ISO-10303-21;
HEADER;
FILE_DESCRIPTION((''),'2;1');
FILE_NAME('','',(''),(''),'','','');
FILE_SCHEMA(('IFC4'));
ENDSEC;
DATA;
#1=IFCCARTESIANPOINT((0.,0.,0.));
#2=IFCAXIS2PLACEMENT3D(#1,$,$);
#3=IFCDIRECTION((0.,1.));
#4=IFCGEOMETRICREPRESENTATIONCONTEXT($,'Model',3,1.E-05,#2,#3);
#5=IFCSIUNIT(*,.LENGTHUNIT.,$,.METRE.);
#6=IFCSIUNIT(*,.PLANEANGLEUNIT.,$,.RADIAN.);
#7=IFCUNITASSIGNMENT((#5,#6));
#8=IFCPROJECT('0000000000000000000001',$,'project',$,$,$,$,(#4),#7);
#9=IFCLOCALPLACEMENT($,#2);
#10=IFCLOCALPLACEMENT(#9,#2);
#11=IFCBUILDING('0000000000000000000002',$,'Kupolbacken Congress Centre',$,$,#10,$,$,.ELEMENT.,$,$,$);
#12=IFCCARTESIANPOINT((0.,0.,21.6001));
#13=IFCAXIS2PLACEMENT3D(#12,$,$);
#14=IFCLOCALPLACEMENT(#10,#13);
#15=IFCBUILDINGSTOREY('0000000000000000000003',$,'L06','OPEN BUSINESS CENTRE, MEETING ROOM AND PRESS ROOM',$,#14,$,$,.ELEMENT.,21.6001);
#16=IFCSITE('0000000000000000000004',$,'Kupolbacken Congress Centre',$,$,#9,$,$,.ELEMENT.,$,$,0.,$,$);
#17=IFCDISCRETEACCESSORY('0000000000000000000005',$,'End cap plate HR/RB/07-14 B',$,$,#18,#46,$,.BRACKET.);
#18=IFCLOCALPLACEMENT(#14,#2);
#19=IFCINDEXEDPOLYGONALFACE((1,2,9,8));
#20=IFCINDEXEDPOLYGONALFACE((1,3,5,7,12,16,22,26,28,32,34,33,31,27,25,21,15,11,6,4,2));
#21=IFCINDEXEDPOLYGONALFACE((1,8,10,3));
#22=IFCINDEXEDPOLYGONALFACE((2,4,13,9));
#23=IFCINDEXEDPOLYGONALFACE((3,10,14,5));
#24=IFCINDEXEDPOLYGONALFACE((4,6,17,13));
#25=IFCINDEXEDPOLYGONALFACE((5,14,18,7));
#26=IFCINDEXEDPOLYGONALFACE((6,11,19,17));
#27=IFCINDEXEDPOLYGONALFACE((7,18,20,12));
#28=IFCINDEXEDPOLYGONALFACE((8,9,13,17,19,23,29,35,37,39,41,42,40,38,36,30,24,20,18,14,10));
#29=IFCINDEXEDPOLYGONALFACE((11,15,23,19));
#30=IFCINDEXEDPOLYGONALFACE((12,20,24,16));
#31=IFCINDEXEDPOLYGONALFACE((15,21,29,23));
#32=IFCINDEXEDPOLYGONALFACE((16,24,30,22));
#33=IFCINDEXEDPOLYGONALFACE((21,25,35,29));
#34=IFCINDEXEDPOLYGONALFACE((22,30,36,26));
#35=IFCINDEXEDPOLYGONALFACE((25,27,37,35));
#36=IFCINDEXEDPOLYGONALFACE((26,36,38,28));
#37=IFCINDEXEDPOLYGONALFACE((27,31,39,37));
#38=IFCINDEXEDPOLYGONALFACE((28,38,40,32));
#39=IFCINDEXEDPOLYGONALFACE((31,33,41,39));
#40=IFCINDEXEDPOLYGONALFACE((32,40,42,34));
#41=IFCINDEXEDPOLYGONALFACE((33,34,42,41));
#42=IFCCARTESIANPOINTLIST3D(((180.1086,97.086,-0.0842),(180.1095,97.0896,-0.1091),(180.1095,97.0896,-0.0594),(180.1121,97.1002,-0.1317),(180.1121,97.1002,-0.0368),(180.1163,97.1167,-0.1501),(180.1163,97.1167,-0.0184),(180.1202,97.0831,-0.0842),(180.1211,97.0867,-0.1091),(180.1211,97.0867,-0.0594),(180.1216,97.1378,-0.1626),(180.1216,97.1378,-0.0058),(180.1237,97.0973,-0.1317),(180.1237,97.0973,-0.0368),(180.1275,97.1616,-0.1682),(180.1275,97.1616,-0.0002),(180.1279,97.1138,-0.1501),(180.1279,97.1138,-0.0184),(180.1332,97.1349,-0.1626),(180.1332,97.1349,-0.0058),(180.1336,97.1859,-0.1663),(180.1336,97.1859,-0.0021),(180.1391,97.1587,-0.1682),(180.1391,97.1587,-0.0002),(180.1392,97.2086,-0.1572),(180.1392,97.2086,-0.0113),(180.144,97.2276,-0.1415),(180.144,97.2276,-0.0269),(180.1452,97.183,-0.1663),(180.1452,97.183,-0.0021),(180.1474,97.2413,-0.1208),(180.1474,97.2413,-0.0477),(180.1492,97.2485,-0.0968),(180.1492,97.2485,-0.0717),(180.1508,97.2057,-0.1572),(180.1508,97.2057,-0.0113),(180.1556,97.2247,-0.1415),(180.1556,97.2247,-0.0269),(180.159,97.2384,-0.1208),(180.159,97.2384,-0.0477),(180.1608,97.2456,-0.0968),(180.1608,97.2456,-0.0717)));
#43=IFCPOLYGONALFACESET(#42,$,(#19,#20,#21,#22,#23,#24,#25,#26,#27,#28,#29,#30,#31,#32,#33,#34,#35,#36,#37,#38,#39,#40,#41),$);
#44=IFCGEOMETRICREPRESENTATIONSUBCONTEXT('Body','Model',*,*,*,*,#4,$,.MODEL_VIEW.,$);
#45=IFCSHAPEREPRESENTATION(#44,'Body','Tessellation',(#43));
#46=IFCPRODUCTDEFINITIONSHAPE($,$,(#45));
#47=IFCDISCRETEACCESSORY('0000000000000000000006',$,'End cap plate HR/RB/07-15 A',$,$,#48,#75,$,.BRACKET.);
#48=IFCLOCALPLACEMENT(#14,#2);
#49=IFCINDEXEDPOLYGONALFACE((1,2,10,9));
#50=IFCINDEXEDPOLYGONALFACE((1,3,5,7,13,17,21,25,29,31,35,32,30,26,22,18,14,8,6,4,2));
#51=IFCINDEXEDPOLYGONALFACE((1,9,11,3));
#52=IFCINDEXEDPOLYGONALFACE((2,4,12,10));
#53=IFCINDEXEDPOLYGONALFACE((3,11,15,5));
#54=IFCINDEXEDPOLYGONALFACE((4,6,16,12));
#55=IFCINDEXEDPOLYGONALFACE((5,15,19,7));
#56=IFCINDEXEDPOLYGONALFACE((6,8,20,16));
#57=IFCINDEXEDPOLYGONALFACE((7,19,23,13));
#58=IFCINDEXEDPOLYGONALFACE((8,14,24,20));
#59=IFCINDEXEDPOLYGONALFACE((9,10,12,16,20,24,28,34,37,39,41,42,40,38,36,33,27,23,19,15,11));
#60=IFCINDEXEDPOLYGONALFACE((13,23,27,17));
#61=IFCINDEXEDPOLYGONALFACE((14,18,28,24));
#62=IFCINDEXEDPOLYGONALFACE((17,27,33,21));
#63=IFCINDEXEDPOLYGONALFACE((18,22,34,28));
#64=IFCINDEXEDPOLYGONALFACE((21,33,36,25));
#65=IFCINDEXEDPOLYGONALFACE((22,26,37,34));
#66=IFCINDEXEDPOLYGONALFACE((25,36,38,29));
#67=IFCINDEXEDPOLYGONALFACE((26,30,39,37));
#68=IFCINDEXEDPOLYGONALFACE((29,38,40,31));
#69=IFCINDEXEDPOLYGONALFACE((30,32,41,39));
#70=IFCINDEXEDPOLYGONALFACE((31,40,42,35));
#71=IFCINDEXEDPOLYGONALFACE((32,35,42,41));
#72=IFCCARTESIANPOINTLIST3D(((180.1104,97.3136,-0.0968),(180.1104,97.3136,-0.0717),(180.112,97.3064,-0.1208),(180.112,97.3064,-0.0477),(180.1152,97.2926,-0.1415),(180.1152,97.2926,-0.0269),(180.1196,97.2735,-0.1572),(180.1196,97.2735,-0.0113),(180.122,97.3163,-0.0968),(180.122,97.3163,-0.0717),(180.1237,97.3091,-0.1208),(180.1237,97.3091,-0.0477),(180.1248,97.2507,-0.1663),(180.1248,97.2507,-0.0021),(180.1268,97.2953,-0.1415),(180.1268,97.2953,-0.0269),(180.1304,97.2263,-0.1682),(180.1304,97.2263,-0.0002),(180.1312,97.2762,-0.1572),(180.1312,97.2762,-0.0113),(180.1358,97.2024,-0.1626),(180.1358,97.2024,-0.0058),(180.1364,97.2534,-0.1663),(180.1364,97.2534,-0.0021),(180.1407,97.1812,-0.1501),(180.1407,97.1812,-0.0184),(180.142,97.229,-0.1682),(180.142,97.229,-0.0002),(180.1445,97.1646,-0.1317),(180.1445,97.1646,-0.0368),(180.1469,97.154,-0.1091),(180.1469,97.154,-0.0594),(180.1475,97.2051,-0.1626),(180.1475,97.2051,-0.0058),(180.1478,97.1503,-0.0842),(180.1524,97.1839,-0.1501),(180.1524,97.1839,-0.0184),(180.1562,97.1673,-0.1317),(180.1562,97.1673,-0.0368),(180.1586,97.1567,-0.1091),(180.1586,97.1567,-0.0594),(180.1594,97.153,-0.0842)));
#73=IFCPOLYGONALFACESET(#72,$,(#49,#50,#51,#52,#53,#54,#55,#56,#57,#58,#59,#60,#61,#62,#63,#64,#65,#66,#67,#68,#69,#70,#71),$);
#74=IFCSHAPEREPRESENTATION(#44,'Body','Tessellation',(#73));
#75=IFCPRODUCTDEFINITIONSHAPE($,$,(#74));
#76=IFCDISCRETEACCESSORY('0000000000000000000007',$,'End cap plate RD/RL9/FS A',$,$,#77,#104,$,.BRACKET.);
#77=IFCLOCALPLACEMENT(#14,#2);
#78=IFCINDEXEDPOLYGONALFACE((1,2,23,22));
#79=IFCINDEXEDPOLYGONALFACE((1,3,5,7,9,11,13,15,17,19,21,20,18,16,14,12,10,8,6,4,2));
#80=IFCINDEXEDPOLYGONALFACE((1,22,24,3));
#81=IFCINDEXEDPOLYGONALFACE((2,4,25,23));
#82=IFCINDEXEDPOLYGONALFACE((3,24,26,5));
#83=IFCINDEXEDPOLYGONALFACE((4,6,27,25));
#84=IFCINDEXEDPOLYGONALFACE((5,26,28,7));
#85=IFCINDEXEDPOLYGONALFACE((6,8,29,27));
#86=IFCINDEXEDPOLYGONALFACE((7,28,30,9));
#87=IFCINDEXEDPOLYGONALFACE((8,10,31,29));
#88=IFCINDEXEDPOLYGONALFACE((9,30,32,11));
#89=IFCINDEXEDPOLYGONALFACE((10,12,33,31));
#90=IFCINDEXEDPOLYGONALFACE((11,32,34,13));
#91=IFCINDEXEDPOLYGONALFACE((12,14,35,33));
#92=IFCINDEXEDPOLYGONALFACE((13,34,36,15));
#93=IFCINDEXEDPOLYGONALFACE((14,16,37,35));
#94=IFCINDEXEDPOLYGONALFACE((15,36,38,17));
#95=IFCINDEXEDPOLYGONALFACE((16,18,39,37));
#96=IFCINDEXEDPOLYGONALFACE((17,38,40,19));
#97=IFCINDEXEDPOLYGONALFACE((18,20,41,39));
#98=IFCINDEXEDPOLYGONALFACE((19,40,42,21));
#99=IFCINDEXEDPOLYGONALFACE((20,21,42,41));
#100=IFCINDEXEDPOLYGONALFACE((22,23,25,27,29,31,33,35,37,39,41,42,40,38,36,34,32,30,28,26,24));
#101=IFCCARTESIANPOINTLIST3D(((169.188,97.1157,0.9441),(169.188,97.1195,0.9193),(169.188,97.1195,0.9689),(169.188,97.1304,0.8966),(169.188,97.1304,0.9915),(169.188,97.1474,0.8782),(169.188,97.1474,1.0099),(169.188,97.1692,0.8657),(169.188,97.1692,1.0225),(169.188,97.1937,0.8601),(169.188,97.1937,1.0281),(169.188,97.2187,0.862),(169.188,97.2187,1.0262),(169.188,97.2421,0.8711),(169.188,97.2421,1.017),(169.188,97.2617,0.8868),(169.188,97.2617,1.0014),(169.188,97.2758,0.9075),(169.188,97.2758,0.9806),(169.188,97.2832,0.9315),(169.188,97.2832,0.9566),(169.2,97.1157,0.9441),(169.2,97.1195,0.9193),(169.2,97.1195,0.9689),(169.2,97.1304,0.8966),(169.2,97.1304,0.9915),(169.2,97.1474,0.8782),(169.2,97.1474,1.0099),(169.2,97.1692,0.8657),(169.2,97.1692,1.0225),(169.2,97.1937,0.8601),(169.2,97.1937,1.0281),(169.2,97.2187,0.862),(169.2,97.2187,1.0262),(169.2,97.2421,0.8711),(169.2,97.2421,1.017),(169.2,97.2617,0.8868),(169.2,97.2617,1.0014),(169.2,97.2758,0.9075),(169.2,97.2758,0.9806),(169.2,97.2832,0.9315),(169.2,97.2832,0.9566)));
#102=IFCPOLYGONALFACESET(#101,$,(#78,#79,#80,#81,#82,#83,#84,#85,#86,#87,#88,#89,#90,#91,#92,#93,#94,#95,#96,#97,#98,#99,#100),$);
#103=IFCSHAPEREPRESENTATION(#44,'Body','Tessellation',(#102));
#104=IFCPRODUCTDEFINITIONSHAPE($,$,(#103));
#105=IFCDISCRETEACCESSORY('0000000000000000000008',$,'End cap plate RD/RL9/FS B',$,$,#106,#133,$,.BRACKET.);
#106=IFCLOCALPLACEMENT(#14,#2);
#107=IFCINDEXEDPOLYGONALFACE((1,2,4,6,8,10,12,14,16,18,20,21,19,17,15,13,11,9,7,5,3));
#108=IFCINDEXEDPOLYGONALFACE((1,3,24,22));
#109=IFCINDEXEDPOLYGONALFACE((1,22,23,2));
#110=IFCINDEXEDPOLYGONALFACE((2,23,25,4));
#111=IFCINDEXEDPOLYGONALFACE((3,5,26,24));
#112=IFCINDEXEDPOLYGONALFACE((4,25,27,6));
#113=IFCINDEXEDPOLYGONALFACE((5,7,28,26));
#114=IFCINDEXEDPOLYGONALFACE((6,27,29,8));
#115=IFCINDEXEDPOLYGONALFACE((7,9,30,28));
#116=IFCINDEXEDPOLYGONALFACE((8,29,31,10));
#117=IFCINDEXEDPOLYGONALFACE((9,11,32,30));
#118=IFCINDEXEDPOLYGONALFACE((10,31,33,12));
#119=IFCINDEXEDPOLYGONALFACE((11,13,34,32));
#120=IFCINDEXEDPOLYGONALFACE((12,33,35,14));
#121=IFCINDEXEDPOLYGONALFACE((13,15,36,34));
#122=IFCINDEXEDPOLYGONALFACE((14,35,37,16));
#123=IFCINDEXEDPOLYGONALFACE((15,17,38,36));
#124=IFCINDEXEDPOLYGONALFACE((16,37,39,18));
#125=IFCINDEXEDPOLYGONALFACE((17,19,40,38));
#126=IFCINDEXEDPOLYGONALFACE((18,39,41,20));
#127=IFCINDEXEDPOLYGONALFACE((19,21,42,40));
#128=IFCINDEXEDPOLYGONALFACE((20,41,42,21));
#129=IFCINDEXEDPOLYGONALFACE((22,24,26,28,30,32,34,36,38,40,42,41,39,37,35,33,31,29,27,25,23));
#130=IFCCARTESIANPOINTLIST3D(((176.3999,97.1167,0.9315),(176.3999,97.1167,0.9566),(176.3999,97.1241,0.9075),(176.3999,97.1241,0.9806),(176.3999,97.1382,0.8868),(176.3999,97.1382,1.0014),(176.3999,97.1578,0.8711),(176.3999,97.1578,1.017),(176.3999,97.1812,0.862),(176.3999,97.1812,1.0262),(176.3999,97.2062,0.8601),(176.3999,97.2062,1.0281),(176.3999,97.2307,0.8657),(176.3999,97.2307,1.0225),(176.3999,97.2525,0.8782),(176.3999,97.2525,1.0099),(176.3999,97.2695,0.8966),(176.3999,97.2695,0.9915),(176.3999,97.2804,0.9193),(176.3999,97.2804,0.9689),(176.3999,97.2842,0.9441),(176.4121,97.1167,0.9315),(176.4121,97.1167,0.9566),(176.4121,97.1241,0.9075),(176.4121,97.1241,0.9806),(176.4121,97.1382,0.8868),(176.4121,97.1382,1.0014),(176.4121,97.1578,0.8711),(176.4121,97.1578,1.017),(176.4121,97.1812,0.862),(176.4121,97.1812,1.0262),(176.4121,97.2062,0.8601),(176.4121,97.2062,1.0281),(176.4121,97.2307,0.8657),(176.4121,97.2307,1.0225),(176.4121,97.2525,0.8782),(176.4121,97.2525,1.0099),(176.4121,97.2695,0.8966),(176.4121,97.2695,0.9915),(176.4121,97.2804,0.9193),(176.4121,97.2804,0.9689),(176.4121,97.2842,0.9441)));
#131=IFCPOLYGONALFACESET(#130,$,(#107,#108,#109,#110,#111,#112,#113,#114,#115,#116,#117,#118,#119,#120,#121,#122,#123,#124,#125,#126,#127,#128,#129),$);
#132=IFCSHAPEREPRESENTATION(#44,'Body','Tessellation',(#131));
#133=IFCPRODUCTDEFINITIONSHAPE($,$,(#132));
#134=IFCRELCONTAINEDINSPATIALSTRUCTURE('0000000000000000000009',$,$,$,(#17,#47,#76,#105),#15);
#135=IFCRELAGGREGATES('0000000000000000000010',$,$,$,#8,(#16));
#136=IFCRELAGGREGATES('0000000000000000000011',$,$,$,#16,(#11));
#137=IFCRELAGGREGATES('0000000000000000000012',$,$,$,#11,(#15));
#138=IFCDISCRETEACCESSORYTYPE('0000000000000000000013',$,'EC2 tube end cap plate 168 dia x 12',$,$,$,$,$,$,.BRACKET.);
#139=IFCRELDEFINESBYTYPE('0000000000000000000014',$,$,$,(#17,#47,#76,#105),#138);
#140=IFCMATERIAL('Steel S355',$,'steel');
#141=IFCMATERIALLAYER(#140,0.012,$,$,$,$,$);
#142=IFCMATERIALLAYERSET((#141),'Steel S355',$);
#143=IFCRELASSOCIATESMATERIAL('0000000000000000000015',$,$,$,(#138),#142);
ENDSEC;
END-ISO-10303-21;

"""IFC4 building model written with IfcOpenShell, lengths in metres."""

from ifc_helpers import new_model, si_unit, direction, frame, origin, origin_2d, place, context, subcontext, project, spatial, circle, extrude, material, layer, layer_set, type_object, element, save


model = new_model("IFC4")

# Units and contexts
model_context = context("Model", 3, precision=1e-05, world=origin(), true_north=direction((0.0, 1.0)))
body_context = subcontext(model_context, "Body", "Model", "MODEL_VIEW")
ifc_project = project(units=[si_unit("LENGTHUNIT", "METRE"), si_unit("PLANEANGLEUNIT", "RADIAN")], contexts=[model_context])

# Site, building, storey
site_placement = place(None, origin())
site = spatial("IfcSite", under=ifc_project, at=site_placement, Name="Kupolbacken Congress Centre", CompositionType="ELEMENT", RefElevation=0.0)
building_placement = place(site_placement, origin())
building = spatial("IfcBuilding", under=site, at=building_placement, Name="Kupolbacken Congress Centre", CompositionType="ELEMENT")
storey_placement = place(building_placement, frame((0.0, 0.0, 21.6001)))
storey = spatial("IfcBuildingStorey", under=building, at=storey_placement, Name="L06", Description="OPEN BUSINESS CENTRE, MEETING ROOM AND PRESS ROOM", CompositionType="ELEMENT", Elevation=21.6001)

# Discrete accessories
ifc_material_1 = material(Name="Steel S355", Category="steel")
ifc_layer_1 = layer(ifc_material_1, 0.012)
ifc_layer_set_1 = layer_set([ifc_layer_1], Name="Steel S355")
discrete_accessory_type = type_object("IfcDiscreteAccessoryType", Name="EC2 tube end cap plate 168 dia x 12", PredefinedType="BRACKET", material=ifc_layer_set_1)
for number, where, z_axis, x_axis, name in (
    (1, (180.1406, 97.1648, -0.0842), (-0.970143, 0.242536, 0.0), (-0.242536, -0.970143, 0.0), "End cap plate HR/RB/07-14 B"),
    (2, (180.1406, 97.2351, -0.0842), (-0.974732, -0.223376, 0.0), (0.223376, -0.974732, 0.0), "End cap plate HR/RB/07-15 A"),
    (3, (169.2, 97.2, 0.9441), (-1.0, 0.0, 0.0), (0.0, -1.0, 0.0), "End cap plate RD/RL9/FS A"),
):
    element("IfcDiscreteAccessory", number, at=place(storey_placement, frame(where, z_axis=z_axis, x_axis=x_axis)), inside=storey, type_object=discrete_accessory_type, Name=name, PredefinedType="BRACKET", context=body_context, shape_type="SweptSolid", body=[
        extrude(circle(Radius=0.0842, at=origin_2d()), origin(), (0.0, 0.0, 1.0), 0.012),
    ])
discrete_accessory_placement = place(storey_placement, frame((176.3999, 97.2, 0.9441), z_axis=(1.0, 0.0, 0.0), x_axis=(0.0, 1.0, 0.0)))
element("IfcDiscreteAccessory", 4, at=discrete_accessory_placement, inside=storey, type_object=discrete_accessory_type, Name="End cap plate RD/RL9/FS B", PredefinedType="BRACKET", context=body_context, shape_type="SweptSolid", body=[
    extrude(circle(Radius=0.0842, at=origin_2d()), origin(), (0.0, 0.0, 1.0), 0.0122),
])

save(model, "model.ifc")
